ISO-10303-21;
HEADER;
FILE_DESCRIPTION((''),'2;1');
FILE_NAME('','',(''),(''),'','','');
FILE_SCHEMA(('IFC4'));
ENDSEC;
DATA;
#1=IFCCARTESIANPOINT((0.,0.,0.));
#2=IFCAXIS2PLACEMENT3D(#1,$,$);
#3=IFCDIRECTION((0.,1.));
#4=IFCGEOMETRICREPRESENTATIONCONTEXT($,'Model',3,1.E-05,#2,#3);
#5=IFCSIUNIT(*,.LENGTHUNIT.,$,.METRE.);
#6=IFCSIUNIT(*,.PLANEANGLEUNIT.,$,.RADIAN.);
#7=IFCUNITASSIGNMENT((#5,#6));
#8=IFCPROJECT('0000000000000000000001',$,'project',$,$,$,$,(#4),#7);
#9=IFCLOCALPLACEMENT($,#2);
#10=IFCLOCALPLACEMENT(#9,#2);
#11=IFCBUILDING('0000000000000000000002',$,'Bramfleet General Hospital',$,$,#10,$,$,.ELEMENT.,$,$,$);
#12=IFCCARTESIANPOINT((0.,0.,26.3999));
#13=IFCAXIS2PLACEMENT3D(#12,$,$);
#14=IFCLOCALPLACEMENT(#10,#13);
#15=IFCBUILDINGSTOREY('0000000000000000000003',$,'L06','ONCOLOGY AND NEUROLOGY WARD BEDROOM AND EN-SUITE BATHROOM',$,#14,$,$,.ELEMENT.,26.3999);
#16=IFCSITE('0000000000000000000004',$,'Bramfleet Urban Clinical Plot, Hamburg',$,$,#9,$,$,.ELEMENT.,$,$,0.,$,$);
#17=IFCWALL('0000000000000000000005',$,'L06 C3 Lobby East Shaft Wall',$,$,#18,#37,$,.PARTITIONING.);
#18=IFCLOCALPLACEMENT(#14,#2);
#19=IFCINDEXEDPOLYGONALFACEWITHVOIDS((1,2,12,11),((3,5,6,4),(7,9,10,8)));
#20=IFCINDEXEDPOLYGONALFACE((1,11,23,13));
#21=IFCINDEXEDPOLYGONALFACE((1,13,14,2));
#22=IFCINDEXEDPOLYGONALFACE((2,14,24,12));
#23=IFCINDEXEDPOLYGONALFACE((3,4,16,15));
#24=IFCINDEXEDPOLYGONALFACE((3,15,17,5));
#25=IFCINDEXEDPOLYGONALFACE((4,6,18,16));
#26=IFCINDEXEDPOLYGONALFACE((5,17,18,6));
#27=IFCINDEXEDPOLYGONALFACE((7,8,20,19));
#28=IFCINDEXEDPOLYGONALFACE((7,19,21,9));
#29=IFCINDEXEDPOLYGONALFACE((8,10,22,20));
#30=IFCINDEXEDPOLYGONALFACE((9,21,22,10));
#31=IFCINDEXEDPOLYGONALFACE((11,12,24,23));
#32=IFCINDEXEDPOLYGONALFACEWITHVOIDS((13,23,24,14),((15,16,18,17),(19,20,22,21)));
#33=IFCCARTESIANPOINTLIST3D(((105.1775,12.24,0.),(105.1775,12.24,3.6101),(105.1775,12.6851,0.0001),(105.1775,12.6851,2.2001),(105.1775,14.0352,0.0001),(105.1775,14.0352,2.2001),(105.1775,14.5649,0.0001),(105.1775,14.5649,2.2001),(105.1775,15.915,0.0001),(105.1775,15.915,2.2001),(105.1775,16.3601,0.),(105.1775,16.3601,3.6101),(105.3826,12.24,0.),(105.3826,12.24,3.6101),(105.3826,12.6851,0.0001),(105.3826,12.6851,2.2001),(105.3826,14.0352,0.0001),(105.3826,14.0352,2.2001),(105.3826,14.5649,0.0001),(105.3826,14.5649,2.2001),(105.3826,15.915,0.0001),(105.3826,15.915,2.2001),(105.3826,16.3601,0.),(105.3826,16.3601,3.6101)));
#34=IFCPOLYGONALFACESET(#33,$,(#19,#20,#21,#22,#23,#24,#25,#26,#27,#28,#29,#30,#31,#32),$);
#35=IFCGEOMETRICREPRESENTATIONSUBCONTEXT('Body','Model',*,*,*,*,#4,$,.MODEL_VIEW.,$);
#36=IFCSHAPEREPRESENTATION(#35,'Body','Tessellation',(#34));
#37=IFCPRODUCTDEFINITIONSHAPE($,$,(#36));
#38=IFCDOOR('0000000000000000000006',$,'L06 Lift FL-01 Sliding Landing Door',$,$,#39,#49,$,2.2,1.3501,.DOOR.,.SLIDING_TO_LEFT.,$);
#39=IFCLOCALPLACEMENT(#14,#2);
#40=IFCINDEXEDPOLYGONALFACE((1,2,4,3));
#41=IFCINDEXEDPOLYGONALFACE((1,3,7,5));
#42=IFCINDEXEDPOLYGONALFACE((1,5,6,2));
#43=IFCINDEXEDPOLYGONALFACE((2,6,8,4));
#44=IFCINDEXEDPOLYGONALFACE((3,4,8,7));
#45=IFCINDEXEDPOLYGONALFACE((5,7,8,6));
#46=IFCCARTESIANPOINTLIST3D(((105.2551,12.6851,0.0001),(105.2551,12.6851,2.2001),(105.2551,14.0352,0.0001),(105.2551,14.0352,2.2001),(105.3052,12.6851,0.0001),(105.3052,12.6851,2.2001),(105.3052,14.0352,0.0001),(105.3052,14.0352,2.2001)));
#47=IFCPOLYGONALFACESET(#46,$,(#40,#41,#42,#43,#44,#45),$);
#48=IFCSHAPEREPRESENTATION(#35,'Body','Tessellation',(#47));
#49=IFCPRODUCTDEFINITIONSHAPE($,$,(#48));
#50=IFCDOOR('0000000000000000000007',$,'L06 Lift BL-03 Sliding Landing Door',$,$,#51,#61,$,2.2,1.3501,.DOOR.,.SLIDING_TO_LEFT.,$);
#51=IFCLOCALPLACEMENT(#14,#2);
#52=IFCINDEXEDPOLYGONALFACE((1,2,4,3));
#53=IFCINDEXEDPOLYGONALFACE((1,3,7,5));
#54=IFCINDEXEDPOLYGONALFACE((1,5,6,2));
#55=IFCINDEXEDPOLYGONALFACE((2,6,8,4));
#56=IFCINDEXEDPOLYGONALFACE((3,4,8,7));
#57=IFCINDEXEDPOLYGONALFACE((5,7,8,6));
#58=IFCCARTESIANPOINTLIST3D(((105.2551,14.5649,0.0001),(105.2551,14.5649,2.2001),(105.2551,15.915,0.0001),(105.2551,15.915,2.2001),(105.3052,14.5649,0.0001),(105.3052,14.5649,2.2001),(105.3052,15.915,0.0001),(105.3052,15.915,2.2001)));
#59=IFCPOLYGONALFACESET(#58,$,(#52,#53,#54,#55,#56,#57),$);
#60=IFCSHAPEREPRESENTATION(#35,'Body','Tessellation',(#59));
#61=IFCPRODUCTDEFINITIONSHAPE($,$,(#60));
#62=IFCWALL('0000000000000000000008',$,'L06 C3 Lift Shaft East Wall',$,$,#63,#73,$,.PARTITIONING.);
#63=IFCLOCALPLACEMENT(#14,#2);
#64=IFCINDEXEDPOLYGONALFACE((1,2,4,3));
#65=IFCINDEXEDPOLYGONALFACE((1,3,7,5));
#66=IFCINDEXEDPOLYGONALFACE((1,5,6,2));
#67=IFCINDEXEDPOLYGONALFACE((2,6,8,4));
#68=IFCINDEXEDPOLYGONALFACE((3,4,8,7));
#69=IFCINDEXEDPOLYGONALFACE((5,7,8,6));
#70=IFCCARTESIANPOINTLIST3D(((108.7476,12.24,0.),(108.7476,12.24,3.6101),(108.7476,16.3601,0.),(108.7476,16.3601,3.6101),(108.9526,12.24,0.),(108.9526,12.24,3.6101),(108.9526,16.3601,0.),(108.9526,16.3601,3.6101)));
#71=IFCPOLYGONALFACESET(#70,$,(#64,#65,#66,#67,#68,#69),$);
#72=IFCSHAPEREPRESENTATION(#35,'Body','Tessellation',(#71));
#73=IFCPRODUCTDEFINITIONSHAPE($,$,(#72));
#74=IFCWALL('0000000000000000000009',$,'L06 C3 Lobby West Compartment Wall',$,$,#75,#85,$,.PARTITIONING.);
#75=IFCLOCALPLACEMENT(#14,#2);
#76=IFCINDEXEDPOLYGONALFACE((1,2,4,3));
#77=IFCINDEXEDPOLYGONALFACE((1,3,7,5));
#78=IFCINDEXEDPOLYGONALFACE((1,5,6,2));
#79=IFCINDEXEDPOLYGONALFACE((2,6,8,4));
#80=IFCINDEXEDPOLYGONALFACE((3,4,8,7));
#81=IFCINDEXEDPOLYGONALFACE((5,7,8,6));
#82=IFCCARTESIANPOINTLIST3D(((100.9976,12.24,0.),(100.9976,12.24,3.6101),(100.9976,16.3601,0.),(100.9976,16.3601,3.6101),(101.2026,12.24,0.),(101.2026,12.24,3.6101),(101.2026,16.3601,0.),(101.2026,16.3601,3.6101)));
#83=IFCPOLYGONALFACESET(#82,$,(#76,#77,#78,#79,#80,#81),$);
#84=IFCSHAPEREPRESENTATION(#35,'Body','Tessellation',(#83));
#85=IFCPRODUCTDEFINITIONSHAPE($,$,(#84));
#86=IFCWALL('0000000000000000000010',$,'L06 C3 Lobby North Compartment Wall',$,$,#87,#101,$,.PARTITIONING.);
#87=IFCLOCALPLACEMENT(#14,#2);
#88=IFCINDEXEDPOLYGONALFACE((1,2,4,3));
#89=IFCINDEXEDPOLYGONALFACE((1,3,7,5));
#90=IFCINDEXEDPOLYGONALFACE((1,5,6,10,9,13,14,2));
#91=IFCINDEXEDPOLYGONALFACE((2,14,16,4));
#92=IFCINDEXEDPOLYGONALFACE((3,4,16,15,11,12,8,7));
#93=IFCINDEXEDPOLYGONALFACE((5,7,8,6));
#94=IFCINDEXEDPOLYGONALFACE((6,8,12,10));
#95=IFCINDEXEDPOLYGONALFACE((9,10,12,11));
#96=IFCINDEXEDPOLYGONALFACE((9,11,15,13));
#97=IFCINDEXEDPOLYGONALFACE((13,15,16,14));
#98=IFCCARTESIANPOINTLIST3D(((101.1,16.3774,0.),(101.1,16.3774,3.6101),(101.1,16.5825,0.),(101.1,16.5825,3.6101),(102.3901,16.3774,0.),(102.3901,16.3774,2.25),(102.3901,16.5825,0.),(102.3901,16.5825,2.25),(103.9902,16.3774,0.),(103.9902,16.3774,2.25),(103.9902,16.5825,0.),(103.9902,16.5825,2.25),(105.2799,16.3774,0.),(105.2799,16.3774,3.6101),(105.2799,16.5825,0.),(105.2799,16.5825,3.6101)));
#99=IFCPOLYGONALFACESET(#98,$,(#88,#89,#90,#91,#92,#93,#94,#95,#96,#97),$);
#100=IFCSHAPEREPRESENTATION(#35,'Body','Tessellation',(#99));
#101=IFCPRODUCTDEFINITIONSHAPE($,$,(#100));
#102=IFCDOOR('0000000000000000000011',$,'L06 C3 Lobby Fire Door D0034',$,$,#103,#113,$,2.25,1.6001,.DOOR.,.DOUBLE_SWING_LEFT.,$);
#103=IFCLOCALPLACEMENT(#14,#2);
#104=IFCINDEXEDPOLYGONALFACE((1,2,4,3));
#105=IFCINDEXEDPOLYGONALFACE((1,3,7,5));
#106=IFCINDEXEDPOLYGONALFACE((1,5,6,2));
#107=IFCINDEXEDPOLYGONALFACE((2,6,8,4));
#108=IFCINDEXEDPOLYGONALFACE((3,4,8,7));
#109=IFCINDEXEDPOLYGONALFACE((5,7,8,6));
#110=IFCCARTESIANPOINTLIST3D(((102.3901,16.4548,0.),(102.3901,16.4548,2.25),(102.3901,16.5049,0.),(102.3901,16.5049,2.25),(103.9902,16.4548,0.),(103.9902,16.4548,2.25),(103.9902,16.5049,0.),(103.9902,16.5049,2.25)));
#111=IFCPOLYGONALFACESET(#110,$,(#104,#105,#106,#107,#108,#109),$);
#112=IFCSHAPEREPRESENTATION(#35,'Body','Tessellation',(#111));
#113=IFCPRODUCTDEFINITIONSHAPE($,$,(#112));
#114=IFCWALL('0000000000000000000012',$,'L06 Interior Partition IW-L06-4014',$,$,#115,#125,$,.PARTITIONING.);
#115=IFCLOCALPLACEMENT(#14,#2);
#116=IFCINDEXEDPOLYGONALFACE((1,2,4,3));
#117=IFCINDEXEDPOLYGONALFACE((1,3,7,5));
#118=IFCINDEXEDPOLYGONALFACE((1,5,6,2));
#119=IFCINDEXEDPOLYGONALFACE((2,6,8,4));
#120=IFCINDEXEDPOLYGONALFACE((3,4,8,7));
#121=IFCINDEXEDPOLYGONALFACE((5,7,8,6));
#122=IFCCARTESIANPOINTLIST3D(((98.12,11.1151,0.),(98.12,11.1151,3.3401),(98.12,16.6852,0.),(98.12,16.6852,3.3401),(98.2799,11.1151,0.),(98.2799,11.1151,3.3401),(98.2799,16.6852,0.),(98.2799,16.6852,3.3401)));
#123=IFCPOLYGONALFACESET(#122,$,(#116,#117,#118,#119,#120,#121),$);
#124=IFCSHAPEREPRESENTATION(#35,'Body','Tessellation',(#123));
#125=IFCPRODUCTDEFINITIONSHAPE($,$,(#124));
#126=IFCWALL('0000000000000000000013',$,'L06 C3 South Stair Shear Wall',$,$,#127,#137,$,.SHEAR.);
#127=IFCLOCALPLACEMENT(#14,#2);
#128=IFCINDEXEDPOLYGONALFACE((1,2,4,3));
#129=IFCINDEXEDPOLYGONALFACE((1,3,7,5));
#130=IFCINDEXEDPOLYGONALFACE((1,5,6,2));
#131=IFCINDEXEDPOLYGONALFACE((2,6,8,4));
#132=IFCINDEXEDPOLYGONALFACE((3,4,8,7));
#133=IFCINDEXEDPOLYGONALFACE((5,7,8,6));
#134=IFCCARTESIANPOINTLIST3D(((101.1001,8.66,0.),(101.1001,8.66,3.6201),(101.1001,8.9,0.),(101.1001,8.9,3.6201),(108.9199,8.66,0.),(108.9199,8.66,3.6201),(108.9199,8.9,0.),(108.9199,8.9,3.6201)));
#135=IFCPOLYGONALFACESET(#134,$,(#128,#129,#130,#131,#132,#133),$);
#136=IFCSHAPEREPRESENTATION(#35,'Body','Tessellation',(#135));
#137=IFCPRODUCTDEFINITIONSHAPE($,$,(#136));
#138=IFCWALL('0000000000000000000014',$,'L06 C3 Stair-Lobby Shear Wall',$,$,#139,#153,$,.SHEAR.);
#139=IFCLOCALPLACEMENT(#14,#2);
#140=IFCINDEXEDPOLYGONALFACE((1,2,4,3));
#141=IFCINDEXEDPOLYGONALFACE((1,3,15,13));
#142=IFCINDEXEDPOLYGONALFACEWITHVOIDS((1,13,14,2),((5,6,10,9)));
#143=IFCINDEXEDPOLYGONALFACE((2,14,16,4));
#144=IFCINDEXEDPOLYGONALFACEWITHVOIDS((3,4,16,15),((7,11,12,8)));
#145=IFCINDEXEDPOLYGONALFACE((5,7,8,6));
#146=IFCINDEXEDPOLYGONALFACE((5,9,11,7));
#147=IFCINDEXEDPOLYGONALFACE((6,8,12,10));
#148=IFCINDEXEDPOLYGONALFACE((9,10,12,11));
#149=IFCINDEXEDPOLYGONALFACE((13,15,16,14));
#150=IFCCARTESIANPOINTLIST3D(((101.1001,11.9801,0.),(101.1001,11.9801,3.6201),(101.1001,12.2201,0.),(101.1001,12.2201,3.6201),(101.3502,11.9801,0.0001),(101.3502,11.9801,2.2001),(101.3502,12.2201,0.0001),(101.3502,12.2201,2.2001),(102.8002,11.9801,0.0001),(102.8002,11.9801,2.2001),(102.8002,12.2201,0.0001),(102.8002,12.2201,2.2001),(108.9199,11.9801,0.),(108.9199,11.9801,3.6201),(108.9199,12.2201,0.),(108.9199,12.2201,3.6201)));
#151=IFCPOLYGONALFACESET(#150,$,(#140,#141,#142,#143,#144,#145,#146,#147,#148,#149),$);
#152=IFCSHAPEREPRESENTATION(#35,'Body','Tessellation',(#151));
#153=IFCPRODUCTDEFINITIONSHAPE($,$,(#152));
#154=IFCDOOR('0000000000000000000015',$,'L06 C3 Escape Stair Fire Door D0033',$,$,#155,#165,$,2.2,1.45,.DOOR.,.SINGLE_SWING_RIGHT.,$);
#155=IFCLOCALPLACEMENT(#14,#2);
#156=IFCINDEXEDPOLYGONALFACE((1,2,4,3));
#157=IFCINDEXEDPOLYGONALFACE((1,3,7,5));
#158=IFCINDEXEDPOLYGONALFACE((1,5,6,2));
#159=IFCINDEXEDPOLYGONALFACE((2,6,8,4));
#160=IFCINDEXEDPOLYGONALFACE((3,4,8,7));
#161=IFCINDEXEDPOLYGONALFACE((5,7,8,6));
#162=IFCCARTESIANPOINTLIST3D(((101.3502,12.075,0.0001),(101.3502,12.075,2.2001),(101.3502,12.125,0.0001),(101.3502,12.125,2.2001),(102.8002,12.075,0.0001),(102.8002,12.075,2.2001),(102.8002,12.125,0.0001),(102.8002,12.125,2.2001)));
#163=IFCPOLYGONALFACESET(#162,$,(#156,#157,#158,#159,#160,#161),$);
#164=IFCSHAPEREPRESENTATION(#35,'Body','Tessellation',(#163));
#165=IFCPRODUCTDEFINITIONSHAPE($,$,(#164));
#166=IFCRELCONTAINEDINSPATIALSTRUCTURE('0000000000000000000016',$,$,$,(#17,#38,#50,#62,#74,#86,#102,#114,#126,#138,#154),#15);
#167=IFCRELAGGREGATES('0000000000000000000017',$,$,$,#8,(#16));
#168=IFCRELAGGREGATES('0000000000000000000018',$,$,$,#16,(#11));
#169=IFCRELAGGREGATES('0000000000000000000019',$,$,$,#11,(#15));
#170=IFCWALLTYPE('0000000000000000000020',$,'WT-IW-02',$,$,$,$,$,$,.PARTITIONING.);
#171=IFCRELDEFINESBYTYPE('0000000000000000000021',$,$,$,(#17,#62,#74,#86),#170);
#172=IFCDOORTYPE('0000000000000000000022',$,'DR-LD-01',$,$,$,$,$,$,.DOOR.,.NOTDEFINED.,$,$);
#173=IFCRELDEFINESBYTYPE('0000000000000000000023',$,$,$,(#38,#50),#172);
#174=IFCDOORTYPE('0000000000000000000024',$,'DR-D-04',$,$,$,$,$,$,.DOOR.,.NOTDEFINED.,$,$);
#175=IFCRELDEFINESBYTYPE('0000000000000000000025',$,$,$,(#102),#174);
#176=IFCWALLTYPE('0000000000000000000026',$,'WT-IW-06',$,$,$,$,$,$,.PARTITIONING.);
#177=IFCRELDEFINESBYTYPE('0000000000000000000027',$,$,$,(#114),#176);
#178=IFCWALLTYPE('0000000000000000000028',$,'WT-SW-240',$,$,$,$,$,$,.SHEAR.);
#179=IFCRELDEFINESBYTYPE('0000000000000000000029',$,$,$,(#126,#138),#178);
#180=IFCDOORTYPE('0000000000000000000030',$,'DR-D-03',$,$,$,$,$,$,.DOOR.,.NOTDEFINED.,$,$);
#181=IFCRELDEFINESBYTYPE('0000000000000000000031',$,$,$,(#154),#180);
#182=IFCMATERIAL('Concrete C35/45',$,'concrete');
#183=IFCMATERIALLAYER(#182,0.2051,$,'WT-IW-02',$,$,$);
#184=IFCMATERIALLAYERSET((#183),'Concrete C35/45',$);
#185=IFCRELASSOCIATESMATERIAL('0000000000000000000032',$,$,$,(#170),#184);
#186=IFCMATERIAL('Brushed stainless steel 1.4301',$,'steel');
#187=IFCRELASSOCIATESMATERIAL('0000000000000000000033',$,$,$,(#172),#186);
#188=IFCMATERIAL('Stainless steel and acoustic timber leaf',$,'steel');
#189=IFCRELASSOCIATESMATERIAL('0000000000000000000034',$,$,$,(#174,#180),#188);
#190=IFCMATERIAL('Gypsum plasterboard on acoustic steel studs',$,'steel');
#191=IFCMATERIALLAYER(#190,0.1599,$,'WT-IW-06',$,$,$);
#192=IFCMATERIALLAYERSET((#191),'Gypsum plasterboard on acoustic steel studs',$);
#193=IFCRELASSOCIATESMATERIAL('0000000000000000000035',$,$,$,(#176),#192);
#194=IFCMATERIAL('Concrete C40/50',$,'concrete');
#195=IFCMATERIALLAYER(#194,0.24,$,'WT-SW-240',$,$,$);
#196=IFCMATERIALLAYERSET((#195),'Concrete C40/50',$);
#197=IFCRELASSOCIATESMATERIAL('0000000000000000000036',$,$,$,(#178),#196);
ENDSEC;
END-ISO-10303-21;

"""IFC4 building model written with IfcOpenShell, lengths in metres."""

from ifc_helpers import new_model, si_unit, direction, frame, frame_2d, origin, place, context, subcontext, project, spatial, rectangle, extrude, material, layer, layer_set, type_object, element, fill, save


model = new_model("IFC4")

# Units and contexts
model_context = context("Model", 3, precision=1e-05, world=origin(), true_north=direction((0.0, 1.0)))
body_context = subcontext(model_context, "Body", "Model", "MODEL_VIEW")
ifc_project = project(units=[si_unit("LENGTHUNIT", "METRE"), si_unit("PLANEANGLEUNIT", "RADIAN")], contexts=[model_context])

# Site, building, storey
site_placement = place(None, origin())
site = spatial("IfcSite", under=ifc_project, at=site_placement, Name="Bramfleet Urban Clinical Plot, Hamburg", CompositionType="ELEMENT", RefElevation=0.0)
building_placement = place(site_placement, origin())
building = spatial("IfcBuilding", under=site, at=building_placement, Name="Bramfleet General Hospital", CompositionType="ELEMENT")
storey_placement = place(building_placement, frame((0.0, 0.0, 26.3999)))
storey = spatial("IfcBuildingStorey", under=building, at=storey_placement, Name="L06", Description="ONCOLOGY AND NEUROLOGY WARD BEDROOM AND EN-SUITE BATHROOM", CompositionType="ELEMENT", Elevation=26.3999)

# Shared definitions
ifc_material_1 = material(Name="Concrete C35/45", Category="concrete")

# Wall, openings, doors
ifc_layer_1 = layer(ifc_material_1, 0.2051, Name="WT-IW-02")
ifc_layer_set_1 = layer_set([ifc_layer_1], Name="Concrete C35/45")
wall_type_1 = type_object("IfcWallType", Name="WT-IW-02", PredefinedType="PARTITIONING", material=ifc_layer_set_1)
wall_1_placement = place(storey_placement, frame((105.28, 12.24, 0.0), z_axis=(0.0, 0.0, 1.0), x_axis=(0.0, 1.0, 0.0)))
wall_1 = element("IfcWall", 1, at=wall_1_placement, inside=storey, type_object=wall_type_1, Name="L06 C3 Lobby East Shaft Wall", PredefinedType="PARTITIONING", context=body_context, shape_type="SweptSolid", body=[
    extrude(rectangle(XDim=4.1201, YDim=0.2051, at=frame_2d((2.0601, 0.0))), origin(), (0.0, 0.0, 1.0), 3.6101),
])
opening_1_placement = place(wall_1_placement, frame((0.4451, 0.0, 0.0)))
opening_1 = element("IfcOpeningElement", 2, at=opening_1_placement, cuts=wall_1, PredefinedType="OPENING", context=body_context, shape_type="SweptSolid", body=[
    extrude(rectangle(XDim=1.3501, YDim=2.2, at=frame_2d((0.675, 1.1001))), frame((0.0, 0.1125, 0.0), z_axis=(0.0, -1.0, 0.0), x_axis=(1.0, 0.0, 0.0)), (0.0, 0.0, 1.0), 0.2251),
])
opening_2_placement = place(wall_1_placement, frame((2.325, 0.0, 0.0)))
opening_2 = element("IfcOpeningElement", 3, at=opening_2_placement, cuts=wall_1, PredefinedType="OPENING", context=body_context, shape_type="SweptSolid", body=[
    extrude(rectangle(XDim=1.3501, YDim=2.2, at=frame_2d((0.675, 1.1001))), frame((0.0, 0.1125, 0.0), z_axis=(0.0, -1.0, 0.0), x_axis=(1.0, 0.0, 0.0)), (0.0, 0.0, 1.0), 0.2251),
])
ifc_material_2 = material(Name="Brushed stainless steel 1.4301", Category="steel")
door_type_1 = type_object("IfcDoorType", Name="DR-LD-01", OperationType="NOTDEFINED", PredefinedType="DOOR", material=ifc_material_2)
door_1_placement = place(opening_1_placement, origin())
door_1 = element("IfcDoor", 4, at=door_1_placement, inside=storey, type_object=door_type_1, Name="L06 Lift FL-01 Sliding Landing Door", OperationType="SLIDING_TO_LEFT", OverallHeight=2.2, OverallWidth=1.3501, PredefinedType="DOOR", context=body_context, shape_type="SweptSolid", body=[
    extrude(rectangle(XDim=1.3501, YDim=2.2, at=frame_2d((0.675, 1.1001))), frame((0.0, 0.0249, 0.0), z_axis=(0.0, -1.0, 0.0), x_axis=(1.0, 0.0, 0.0)), (0.0, 0.0, 1.0), 0.05),
])
fill(opening_1, door_1)
door_2_placement = place(opening_2_placement, origin())
door_2 = element("IfcDoor", 5, at=door_2_placement, inside=storey, type_object=door_type_1, Name="L06 Lift BL-03 Sliding Landing Door", OperationType="SLIDING_TO_LEFT", OverallHeight=2.2, OverallWidth=1.3501, PredefinedType="DOOR", context=body_context, shape_type="SweptSolid", body=[
    extrude(rectangle(XDim=1.3501, YDim=2.2, at=frame_2d((0.675, 1.1001))), frame((0.0, 0.0249, 0.0), z_axis=(0.0, -1.0, 0.0), x_axis=(1.0, 0.0, 0.0)), (0.0, 0.0, 1.0), 0.05),
])
fill(opening_2, door_2)

# Walls
for number, where, z_axis, x_axis, name in (
    (6, (108.8501, 12.24, 0.0), (0.0, 0.0, 1.0), (0.0, 1.0, 0.0), "L06 C3 Lift Shaft East Wall"),
    (7, (101.1001, 12.24, 0.0), (0.0, 0.0, 1.0), (0.0, 1.0, 0.0), "L06 C3 Lobby West Compartment Wall"),
):
    element("IfcWall", number, at=place(storey_placement, frame(where, z_axis=z_axis, x_axis=x_axis)), inside=storey, type_object=wall_type_1, Name=name, PredefinedType="PARTITIONING", context=body_context, shape_type="SweptSolid", body=[
        extrude(rectangle(XDim=4.1201, YDim=0.2051, at=frame_2d((2.0601, 0.0))), origin(), (0.0, 0.0, 1.0), 3.6101),
    ])

# Wall, opening, door
wall_2_placement = place(storey_placement, frame((101.1001, 16.48, 0.0), z_axis=(0.0, 0.0, 1.0), x_axis=(1.0, 0.0, 0.0)))
wall_2 = element("IfcWall", 8, at=wall_2_placement, inside=storey, type_object=wall_type_1, Name="L06 C3 Lobby North Compartment Wall", PredefinedType="PARTITIONING", context=body_context, shape_type="SweptSolid", body=[
    extrude(rectangle(XDim=4.1799, YDim=0.2051, at=frame_2d((2.0898, 0.0))), origin(), (0.0, 0.0, 1.0), 3.6101),
])
opening_3_placement = place(wall_2_placement, frame((1.29, 0.0, 0.0)))
opening_3 = element("IfcOpeningElement", 9, at=opening_3_placement, cuts=wall_2, PredefinedType="OPENING", context=body_context, shape_type="SweptSolid", body=[
    extrude(rectangle(XDim=1.6001, YDim=2.25, at=frame_2d((0.8, 1.125))), frame((0.0, 0.1125, 0.0), z_axis=(0.0, -1.0, 0.0), x_axis=(1.0, 0.0, 0.0)), (0.0, 0.0, 1.0), 0.2251),
])
ifc_material_3 = material(Name="Stainless steel and acoustic timber leaf", Category="steel")
door_type_2 = type_object("IfcDoorType", Name="DR-D-04", OperationType="NOTDEFINED", PredefinedType="DOOR", material=ifc_material_3)
door_3_placement = place(opening_3_placement, origin())
door_3 = element("IfcDoor", 10, at=door_3_placement, inside=storey, type_object=door_type_2, Name="L06 C3 Lobby Fire Door D0034", OperationType="DOUBLE_SWING_LEFT", OverallHeight=2.25, OverallWidth=1.6001, PredefinedType="DOOR", context=body_context, shape_type="SweptSolid", body=[
    extrude(rectangle(XDim=1.6001, YDim=2.25, at=frame_2d((0.8, 1.125))), frame((0.0, 0.0249, 0.0), z_axis=(0.0, -1.0, 0.0), x_axis=(1.0, 0.0, 0.0)), (0.0, 0.0, 1.0), 0.05),
])
fill(opening_3, door_3)

# Walls
ifc_material_4 = material(Name="Gypsum plasterboard on acoustic steel studs", Category="steel")
ifc_layer_2 = layer(ifc_material_4, 0.1599, Name="WT-IW-06")
ifc_layer_set_2 = layer_set([ifc_layer_2], Name="Gypsum plasterboard on acoustic steel studs")
wall_type_2 = type_object("IfcWallType", Name="WT-IW-06", PredefinedType="PARTITIONING", material=ifc_layer_set_2)
wall_3_placement = place(storey_placement, frame((98.2, 11.115, 0.0), z_axis=(0.0, 0.0, 1.0), x_axis=(0.0, 1.0, 0.0)))
element("IfcWall", 11, at=wall_3_placement, inside=storey, type_object=wall_type_2, Name="L06 Interior Partition IW-L06-4014", PredefinedType="PARTITIONING", context=body_context, shape_type="SweptSolid", body=[
    extrude(rectangle(XDim=5.5701, YDim=0.1599, at=frame_2d((2.7852, 0.0))), origin(), (0.0, 0.0, 1.0), 3.3401),
])
ifc_material_5 = material(Name="Concrete C40/50", Category="concrete")
ifc_layer_3 = layer(ifc_material_5, 0.24, Name="WT-SW-240")
ifc_layer_set_3 = layer_set([ifc_layer_3], Name="Concrete C40/50")
wall_type_3 = type_object("IfcWallType", Name="WT-SW-240", PredefinedType="SHEAR", material=ifc_layer_set_3)
wall_4_placement = place(storey_placement, frame((101.1001, 8.78, 0.0), z_axis=(0.0, 0.0, 1.0), x_axis=(1.0, 0.0, 0.0)))
element("IfcWall", 12, at=wall_4_placement, inside=storey, type_object=wall_type_3, Name="L06 C3 South Stair Shear Wall", PredefinedType="SHEAR", context=body_context, shape_type="SweptSolid", body=[
    extrude(rectangle(XDim=7.8198, YDim=0.24, at=frame_2d((3.9099, 0.0))), origin(), (0.0, 0.0, 1.0), 3.6201),
])

# Wall, opening, door
wall_5_placement = place(storey_placement, frame((101.1001, 12.1001, 0.0), z_axis=(0.0, 0.0, 1.0), x_axis=(1.0, 0.0, 0.0)))
wall_5 = element("IfcWall", 13, at=wall_5_placement, inside=storey, type_object=wall_type_3, Name="L06 C3 Stair-Lobby Shear Wall", PredefinedType="SHEAR", context=body_context, shape_type="SweptSolid", body=[
    extrude(rectangle(XDim=7.8198, YDim=0.24, at=frame_2d((3.9099, 0.0))), origin(), (0.0, 0.0, 1.0), 3.6201),
])
opening_4_placement = place(wall_5_placement, frame((0.25, 0.0, 0.0)))
opening_4 = element("IfcOpeningElement", 14, at=opening_4_placement, cuts=wall_5, PredefinedType="OPENING", context=body_context, shape_type="SweptSolid", body=[
    extrude(rectangle(XDim=1.45, YDim=2.2, at=frame_2d((0.7251, 1.1001))), frame((0.0, 0.1299, 0.0), z_axis=(0.0, -1.0, 0.0), x_axis=(1.0, 0.0, 0.0)), (0.0, 0.0, 1.0), 0.26),
])
door_type_3 = type_object("IfcDoorType", Name="DR-D-03", OperationType="NOTDEFINED", PredefinedType="DOOR", material=ifc_material_3)
door_4_placement = place(opening_4_placement, origin())
door_4 = element("IfcDoor", 15, at=door_4_placement, inside=storey, type_object=door_type_3, Name="L06 C3 Escape Stair Fire Door D0033", OperationType="SINGLE_SWING_RIGHT", OverallHeight=2.2, OverallWidth=1.45, PredefinedType="DOOR", context=body_context, shape_type="SweptSolid", body=[
    extrude(rectangle(XDim=1.45, YDim=2.2, at=frame_2d((0.7251, 1.1001))), frame((0.0, 0.0249, 0.0), z_axis=(0.0, -1.0, 0.0), x_axis=(1.0, 0.0, 0.0)), (0.0, 0.0, 1.0), 0.05),
])
fill(opening_4, door_4)

save(model, "model.ifc")
